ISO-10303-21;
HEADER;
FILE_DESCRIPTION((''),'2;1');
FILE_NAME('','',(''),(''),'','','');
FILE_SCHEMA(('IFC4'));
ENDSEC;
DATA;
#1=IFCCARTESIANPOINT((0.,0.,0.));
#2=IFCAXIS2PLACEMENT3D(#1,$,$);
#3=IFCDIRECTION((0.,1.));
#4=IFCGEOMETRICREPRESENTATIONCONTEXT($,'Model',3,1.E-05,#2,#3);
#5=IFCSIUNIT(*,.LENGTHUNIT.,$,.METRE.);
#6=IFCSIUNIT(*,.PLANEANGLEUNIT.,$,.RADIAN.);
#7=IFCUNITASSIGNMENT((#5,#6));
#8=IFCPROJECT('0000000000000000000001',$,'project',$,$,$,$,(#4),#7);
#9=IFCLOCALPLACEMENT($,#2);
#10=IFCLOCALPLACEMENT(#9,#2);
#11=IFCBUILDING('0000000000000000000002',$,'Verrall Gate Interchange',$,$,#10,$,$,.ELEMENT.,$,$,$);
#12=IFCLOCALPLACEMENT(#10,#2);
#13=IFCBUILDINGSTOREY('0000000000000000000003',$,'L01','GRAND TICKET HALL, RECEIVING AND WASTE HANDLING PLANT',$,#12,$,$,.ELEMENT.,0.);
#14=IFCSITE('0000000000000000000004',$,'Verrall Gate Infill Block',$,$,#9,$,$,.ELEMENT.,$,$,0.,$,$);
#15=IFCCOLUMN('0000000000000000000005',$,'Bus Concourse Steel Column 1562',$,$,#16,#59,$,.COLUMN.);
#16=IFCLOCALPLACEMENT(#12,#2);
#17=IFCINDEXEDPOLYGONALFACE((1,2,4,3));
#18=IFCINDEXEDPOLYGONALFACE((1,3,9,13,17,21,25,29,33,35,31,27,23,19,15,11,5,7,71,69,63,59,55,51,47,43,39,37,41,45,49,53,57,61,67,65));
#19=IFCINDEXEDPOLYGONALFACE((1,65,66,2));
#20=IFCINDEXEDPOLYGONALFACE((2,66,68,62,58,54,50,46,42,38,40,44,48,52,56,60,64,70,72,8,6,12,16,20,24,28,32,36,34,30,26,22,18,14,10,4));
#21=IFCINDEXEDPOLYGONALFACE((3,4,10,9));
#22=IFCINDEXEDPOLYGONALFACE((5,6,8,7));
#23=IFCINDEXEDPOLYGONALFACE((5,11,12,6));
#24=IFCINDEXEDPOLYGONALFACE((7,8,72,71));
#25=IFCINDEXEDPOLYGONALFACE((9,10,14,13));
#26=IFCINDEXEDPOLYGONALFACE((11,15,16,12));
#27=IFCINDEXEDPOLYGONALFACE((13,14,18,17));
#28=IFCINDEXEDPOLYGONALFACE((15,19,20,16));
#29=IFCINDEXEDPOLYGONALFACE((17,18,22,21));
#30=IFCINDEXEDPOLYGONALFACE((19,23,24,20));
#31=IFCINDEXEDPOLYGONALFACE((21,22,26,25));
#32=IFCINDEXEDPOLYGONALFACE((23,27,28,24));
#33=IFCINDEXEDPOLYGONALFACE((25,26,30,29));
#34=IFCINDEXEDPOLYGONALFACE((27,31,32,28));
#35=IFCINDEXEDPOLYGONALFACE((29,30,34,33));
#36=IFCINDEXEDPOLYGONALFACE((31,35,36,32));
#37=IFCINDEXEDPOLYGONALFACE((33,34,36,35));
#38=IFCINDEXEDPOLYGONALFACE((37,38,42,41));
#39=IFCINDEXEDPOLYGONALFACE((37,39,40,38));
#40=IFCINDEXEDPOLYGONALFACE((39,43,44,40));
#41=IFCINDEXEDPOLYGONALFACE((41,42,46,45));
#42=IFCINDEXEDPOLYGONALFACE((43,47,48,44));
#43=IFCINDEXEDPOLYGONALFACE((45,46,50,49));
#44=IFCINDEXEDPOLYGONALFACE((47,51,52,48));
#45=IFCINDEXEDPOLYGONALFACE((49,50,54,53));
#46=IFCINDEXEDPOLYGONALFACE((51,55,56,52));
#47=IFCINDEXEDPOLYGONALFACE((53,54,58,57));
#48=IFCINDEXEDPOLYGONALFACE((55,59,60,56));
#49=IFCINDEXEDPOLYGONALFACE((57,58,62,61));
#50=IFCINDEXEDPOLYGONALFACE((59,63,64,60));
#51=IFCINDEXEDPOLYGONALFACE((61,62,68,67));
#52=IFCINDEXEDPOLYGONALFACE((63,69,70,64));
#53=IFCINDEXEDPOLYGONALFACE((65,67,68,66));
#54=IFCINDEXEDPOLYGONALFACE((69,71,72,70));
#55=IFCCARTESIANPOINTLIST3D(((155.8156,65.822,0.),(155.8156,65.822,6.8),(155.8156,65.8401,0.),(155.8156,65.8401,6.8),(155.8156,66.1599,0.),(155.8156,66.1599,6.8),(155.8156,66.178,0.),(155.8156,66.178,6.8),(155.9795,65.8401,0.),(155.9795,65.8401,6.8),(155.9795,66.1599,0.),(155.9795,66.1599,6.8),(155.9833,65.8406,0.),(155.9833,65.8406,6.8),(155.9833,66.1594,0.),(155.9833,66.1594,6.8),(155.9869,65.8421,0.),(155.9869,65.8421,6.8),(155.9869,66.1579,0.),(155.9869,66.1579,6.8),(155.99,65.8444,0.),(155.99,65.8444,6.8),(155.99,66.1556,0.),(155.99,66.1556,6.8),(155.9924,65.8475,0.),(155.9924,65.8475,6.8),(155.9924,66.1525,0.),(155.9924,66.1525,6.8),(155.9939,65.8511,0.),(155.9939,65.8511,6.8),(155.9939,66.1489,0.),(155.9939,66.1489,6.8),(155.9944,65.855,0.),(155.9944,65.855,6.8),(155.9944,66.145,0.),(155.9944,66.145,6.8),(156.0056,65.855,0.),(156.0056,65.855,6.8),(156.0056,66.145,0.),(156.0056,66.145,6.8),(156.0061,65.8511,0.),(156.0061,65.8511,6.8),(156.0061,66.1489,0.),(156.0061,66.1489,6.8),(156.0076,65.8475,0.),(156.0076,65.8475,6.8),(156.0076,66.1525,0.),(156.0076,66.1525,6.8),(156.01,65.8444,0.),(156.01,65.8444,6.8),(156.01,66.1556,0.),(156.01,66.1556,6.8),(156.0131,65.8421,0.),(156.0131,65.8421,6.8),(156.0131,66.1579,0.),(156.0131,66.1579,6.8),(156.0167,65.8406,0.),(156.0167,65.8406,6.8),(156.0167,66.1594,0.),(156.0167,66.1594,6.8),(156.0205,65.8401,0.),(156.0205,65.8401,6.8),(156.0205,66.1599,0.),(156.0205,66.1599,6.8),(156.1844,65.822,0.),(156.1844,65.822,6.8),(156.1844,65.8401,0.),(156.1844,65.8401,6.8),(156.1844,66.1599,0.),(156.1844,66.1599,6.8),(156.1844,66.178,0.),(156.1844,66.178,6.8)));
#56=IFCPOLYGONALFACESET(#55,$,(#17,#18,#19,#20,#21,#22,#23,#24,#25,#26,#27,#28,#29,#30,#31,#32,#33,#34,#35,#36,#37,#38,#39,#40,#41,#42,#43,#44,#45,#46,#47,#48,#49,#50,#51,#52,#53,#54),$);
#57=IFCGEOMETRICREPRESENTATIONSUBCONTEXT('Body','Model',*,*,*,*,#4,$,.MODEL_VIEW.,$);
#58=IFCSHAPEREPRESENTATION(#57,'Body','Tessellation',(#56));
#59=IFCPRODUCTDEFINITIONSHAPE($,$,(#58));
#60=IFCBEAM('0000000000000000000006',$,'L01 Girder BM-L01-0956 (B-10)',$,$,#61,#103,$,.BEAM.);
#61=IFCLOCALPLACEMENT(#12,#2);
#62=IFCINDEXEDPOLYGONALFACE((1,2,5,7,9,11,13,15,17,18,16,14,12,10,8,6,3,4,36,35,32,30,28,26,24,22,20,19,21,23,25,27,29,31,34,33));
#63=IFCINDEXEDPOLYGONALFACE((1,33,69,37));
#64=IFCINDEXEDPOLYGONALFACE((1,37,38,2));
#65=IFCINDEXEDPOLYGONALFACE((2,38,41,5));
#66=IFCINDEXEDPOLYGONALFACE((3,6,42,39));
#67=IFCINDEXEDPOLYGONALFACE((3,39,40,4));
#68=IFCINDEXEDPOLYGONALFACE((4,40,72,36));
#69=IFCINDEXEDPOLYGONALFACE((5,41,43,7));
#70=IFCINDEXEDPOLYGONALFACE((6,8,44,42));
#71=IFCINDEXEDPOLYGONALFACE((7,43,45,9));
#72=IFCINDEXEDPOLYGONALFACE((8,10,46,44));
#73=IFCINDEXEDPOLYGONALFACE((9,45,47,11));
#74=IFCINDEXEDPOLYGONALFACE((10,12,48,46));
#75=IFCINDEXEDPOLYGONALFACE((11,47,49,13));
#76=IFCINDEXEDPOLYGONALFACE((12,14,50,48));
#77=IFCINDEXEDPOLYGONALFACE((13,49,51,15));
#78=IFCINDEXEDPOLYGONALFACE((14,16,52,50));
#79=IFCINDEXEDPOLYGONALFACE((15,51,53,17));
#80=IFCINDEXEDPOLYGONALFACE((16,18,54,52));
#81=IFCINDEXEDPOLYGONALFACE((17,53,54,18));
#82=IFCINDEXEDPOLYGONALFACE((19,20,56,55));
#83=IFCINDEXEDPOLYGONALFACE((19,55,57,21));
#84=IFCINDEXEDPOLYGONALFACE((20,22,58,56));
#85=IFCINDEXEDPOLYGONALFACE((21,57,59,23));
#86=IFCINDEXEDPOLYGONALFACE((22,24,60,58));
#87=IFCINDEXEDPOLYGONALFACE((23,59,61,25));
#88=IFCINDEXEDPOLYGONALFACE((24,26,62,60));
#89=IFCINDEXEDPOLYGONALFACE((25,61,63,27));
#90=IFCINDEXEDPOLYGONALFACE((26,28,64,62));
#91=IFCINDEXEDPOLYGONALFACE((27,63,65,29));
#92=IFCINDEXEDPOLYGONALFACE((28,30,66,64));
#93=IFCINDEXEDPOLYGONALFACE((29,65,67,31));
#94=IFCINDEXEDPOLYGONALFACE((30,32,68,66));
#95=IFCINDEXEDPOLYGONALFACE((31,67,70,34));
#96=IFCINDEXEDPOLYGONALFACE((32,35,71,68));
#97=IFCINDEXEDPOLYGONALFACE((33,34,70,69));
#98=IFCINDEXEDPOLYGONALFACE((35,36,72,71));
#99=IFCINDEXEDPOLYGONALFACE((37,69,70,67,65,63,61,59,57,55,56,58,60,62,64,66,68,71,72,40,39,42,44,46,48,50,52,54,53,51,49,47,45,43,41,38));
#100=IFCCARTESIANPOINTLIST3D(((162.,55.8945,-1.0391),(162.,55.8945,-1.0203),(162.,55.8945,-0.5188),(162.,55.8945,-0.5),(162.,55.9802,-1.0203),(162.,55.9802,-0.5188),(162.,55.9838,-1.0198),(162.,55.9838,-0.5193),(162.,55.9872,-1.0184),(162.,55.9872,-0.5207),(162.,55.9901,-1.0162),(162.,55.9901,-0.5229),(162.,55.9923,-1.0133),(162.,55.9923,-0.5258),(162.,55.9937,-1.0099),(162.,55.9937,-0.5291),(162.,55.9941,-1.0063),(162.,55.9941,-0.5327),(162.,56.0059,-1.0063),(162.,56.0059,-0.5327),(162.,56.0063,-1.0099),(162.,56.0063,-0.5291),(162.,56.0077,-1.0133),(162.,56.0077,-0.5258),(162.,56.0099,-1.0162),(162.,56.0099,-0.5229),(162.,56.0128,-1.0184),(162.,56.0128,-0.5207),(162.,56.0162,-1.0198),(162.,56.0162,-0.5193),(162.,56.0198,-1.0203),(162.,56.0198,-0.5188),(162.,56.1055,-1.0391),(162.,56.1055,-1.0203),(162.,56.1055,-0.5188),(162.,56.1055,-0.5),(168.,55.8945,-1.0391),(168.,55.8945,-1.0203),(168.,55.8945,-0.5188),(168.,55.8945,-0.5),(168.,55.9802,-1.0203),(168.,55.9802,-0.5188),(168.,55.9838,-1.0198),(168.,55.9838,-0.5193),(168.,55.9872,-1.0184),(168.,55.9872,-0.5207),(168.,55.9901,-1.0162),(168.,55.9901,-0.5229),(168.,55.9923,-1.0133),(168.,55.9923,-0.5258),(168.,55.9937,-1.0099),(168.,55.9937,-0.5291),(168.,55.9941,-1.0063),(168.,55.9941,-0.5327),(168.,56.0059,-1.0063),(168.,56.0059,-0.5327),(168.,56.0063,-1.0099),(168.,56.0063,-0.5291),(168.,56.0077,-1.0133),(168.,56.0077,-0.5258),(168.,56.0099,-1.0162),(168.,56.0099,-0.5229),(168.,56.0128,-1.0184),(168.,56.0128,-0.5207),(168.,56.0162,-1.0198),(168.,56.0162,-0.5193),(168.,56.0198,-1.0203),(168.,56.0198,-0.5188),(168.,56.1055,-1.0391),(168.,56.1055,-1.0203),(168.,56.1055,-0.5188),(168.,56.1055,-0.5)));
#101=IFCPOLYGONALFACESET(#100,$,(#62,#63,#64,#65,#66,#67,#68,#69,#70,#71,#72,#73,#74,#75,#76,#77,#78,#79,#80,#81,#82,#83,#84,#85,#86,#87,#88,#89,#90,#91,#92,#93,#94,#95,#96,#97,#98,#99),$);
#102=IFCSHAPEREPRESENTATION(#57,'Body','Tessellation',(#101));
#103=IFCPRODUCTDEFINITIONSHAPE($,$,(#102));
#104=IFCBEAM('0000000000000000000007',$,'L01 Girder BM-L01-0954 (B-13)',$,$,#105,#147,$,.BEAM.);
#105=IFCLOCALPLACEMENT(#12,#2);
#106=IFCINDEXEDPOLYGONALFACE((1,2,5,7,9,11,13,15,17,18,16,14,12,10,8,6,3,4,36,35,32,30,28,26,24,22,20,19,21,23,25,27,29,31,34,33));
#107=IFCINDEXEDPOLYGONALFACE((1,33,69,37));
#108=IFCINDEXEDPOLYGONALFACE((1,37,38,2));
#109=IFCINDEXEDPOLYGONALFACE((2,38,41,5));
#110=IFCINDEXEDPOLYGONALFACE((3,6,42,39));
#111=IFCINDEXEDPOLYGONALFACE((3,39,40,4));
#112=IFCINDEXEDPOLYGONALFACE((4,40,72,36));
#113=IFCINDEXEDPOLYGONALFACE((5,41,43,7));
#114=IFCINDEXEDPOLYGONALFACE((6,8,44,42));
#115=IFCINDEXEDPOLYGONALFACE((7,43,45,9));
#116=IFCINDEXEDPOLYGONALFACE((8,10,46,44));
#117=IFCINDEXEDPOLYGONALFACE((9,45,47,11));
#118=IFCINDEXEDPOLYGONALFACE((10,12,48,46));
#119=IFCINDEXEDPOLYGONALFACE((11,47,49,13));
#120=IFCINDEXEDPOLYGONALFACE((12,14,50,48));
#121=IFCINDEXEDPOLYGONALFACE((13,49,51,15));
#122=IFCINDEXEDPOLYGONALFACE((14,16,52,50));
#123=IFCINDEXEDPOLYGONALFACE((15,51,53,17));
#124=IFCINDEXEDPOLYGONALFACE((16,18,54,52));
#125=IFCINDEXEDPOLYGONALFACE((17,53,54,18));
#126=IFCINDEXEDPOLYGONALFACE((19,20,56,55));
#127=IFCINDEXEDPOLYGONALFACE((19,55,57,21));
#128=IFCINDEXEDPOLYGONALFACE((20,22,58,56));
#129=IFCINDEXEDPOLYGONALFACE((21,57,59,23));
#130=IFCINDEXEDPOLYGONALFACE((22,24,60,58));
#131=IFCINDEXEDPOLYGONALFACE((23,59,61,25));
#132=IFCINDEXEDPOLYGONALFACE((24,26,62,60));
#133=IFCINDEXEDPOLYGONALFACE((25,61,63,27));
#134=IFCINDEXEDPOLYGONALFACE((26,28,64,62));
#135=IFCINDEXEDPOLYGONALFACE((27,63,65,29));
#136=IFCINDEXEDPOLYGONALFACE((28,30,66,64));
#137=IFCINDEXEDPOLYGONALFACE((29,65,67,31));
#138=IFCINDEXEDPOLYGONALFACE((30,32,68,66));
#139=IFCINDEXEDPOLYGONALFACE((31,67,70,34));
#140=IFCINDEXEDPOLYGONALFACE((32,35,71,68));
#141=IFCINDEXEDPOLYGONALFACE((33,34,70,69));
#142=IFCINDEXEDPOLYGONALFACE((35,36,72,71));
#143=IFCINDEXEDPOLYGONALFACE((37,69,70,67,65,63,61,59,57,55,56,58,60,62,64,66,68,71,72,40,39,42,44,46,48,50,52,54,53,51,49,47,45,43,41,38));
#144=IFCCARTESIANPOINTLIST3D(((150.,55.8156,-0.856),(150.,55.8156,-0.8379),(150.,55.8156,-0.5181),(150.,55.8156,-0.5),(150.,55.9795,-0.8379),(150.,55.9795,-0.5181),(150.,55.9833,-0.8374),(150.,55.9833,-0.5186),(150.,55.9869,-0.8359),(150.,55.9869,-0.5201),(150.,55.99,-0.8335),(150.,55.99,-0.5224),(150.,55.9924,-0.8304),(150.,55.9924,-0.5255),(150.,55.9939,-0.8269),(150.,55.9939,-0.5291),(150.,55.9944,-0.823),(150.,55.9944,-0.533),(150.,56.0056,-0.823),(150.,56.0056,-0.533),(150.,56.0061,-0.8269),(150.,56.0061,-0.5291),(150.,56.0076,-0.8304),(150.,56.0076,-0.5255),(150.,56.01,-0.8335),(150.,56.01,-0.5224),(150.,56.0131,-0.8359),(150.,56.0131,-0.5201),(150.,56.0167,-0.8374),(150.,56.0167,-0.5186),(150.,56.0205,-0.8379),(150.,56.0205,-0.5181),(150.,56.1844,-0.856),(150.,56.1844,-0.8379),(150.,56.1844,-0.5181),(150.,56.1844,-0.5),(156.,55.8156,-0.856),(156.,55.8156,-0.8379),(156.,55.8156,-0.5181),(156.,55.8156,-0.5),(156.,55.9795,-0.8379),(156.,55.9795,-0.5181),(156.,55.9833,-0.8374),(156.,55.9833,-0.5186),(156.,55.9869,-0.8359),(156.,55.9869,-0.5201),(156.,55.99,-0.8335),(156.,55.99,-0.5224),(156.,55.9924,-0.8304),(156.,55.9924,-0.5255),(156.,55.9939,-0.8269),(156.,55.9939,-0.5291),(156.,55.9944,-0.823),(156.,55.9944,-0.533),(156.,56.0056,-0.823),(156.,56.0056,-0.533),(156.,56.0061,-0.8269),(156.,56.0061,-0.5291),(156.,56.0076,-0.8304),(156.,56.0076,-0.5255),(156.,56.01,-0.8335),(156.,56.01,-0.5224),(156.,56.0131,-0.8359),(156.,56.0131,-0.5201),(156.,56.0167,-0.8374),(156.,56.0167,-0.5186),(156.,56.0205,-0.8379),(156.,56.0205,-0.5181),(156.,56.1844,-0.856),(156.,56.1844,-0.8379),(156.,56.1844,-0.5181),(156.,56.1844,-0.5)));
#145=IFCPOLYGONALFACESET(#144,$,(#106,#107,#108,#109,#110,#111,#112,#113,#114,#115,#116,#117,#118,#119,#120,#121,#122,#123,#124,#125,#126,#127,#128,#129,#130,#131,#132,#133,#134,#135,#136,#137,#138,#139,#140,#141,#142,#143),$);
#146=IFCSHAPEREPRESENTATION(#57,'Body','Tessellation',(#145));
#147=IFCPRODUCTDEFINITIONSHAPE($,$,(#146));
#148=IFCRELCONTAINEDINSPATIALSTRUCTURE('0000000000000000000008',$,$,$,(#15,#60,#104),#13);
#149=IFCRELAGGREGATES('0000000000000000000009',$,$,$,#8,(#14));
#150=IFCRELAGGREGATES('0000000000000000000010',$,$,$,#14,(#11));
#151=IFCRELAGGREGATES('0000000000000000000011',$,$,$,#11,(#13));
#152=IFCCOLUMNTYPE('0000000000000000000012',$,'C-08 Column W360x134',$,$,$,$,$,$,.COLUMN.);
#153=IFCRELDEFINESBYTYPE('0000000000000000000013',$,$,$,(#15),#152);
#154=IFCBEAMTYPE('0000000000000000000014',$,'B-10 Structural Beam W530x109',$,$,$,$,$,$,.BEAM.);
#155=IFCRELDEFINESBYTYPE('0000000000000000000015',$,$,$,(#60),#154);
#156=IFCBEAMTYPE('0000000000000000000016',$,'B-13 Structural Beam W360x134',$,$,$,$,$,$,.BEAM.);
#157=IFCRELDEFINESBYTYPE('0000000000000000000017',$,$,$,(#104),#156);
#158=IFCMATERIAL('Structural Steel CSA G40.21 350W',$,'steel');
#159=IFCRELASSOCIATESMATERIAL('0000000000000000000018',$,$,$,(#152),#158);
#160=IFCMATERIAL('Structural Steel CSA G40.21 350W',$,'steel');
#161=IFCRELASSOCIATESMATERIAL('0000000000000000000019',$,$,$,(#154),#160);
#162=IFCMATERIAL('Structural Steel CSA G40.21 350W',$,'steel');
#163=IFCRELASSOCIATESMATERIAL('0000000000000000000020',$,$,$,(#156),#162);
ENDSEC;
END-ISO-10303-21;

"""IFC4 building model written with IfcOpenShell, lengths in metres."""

from ifc_helpers import new_model, si_unit, direction, frame, origin, origin_2d, place, context, subcontext, project, spatial, i_section, extrude, material, material_profile, profile_set, type_object, element, save


model = new_model("IFC4")

# Units and contexts
model_context = context("Model", 3, precision=1e-05, world=origin(), true_north=direction((0.0, 1.0)))
body_context = subcontext(model_context, "Body", "Model", "MODEL_VIEW")
ifc_project = project(units=[si_unit("LENGTHUNIT", "METRE"), si_unit("PLANEANGLEUNIT", "RADIAN")], contexts=[model_context])

# Site, building, storey
site_placement = place(None, origin())
site = spatial("IfcSite", under=ifc_project, at=site_placement, Name="Verrall Gate Infill Block", CompositionType="ELEMENT", RefElevation=0.0)
building_placement = place(site_placement, origin())
building = spatial("IfcBuilding", under=site, at=building_placement, Name="Verrall Gate Interchange", CompositionType="ELEMENT")
storey_placement = place(building_placement, origin())
storey = spatial("IfcBuildingStorey", under=building, at=storey_placement, Name="L01", Description="GRAND TICKET HALL, RECEIVING AND WASTE HANDLING PLANT", CompositionType="ELEMENT", Elevation=0.0)

# Column
ifc_material_1 = material(Name="Structural Steel CSA G40.21 350W", Category="steel")
ifc_material_profile_1 = material_profile(ifc_material_1, i_section(OverallWidth=0.3689, OverallDepth=0.356, WebThickness=0.0112, FlangeThickness=0.0181, FilletRadius=0.0149, at=origin_2d()), Name="W360x134")
ifc_profile_set_1 = profile_set([ifc_material_profile_1], Name="Structural Steel CSA G40.21 350W")
column_type_1 = type_object("IfcColumnType", Name="C-08 Column W360x134", PredefinedType="COLUMN", material=ifc_profile_set_1)
for number, where, z_axis, x_axis, name in (
    (1, (156.0, 66.0, 0.0), (0.0, 0.0, 1.0), (1.0, 0.0, 0.0), "Bus Concourse Steel Column 1562"),
):
    element("IfcColumn", number, at=place(storey_placement, frame(where, z_axis=z_axis, x_axis=x_axis)), inside=storey, type_object=column_type_1, Name=name, PredefinedType="COLUMN", context=body_context, shape_type="SweptSolid", body=[
        extrude(i_section(OverallWidth=0.3689, OverallDepth=0.356, WebThickness=0.0112, FlangeThickness=0.0181, FilletRadius=0.0149, at=origin_2d()), origin(), (0.0, 0.0, 1.0), 6.8),
    ])

# Beams
ifc_material_2 = material(Name="Structural Steel CSA G40.21 350W", Category="steel")
ifc_material_profile_2 = material_profile(ifc_material_2, i_section(OverallWidth=0.2109, OverallDepth=0.5391, WebThickness=0.0117, FlangeThickness=0.0188, FilletRadius=0.0139, at=origin_2d()), Name="W530x109")
ifc_profile_set_2 = profile_set([ifc_material_profile_2], Name="Structural Steel CSA G40.21 350W")
beam_type_1 = type_object("IfcBeamType", Name="B-10 Structural Beam W530x109", PredefinedType="BEAM", material=ifc_profile_set_2)
beam_1_placement = place(storey_placement, frame((162.0, 56.0, -0.7695), z_axis=(1.0, 0.0, 0.0), x_axis=(0.0, 1.0, 0.0)))
element("IfcBeam", 2, at=beam_1_placement, inside=storey, type_object=beam_type_1, Name="L01 Girder BM-L01-0956 (B-10)", PredefinedType="BEAM", context=body_context, shape_type="SweptSolid", body=[
    extrude(i_section(OverallWidth=0.2109, OverallDepth=0.5391, WebThickness=0.0117, FlangeThickness=0.0188, FilletRadius=0.0139, at=origin_2d()), origin(), (0.0, 0.0, 1.0), 6.0),
])
ifc_material_3 = material(Name="Structural Steel CSA G40.21 350W", Category="steel")
ifc_material_profile_3 = material_profile(ifc_material_3, i_section(OverallWidth=0.3689, OverallDepth=0.356, WebThickness=0.0112, FlangeThickness=0.0181, FilletRadius=0.0149, at=origin_2d()), Name="W360x134")
ifc_profile_set_3 = profile_set([ifc_material_profile_3], Name="Structural Steel CSA G40.21 350W")
beam_type_2 = type_object("IfcBeamType", Name="B-13 Structural Beam W360x134", PredefinedType="BEAM", material=ifc_profile_set_3)
beam_2_placement = place(storey_placement, frame((150.0, 56.0, -0.678), z_axis=(1.0, 0.0, 0.0), x_axis=(0.0, 1.0, 0.0)))
element("IfcBeam", 3, at=beam_2_placement, inside=storey, type_object=beam_type_2, Name="L01 Girder BM-L01-0954 (B-13)", PredefinedType="BEAM", context=body_context, shape_type="SweptSolid", body=[
    extrude(i_section(OverallWidth=0.3689, OverallDepth=0.356, WebThickness=0.0112, FlangeThickness=0.0181, FilletRadius=0.0149, at=origin_2d()), origin(), (0.0, 0.0, 1.0), 6.0),
])

save(model, "model.ifc")
